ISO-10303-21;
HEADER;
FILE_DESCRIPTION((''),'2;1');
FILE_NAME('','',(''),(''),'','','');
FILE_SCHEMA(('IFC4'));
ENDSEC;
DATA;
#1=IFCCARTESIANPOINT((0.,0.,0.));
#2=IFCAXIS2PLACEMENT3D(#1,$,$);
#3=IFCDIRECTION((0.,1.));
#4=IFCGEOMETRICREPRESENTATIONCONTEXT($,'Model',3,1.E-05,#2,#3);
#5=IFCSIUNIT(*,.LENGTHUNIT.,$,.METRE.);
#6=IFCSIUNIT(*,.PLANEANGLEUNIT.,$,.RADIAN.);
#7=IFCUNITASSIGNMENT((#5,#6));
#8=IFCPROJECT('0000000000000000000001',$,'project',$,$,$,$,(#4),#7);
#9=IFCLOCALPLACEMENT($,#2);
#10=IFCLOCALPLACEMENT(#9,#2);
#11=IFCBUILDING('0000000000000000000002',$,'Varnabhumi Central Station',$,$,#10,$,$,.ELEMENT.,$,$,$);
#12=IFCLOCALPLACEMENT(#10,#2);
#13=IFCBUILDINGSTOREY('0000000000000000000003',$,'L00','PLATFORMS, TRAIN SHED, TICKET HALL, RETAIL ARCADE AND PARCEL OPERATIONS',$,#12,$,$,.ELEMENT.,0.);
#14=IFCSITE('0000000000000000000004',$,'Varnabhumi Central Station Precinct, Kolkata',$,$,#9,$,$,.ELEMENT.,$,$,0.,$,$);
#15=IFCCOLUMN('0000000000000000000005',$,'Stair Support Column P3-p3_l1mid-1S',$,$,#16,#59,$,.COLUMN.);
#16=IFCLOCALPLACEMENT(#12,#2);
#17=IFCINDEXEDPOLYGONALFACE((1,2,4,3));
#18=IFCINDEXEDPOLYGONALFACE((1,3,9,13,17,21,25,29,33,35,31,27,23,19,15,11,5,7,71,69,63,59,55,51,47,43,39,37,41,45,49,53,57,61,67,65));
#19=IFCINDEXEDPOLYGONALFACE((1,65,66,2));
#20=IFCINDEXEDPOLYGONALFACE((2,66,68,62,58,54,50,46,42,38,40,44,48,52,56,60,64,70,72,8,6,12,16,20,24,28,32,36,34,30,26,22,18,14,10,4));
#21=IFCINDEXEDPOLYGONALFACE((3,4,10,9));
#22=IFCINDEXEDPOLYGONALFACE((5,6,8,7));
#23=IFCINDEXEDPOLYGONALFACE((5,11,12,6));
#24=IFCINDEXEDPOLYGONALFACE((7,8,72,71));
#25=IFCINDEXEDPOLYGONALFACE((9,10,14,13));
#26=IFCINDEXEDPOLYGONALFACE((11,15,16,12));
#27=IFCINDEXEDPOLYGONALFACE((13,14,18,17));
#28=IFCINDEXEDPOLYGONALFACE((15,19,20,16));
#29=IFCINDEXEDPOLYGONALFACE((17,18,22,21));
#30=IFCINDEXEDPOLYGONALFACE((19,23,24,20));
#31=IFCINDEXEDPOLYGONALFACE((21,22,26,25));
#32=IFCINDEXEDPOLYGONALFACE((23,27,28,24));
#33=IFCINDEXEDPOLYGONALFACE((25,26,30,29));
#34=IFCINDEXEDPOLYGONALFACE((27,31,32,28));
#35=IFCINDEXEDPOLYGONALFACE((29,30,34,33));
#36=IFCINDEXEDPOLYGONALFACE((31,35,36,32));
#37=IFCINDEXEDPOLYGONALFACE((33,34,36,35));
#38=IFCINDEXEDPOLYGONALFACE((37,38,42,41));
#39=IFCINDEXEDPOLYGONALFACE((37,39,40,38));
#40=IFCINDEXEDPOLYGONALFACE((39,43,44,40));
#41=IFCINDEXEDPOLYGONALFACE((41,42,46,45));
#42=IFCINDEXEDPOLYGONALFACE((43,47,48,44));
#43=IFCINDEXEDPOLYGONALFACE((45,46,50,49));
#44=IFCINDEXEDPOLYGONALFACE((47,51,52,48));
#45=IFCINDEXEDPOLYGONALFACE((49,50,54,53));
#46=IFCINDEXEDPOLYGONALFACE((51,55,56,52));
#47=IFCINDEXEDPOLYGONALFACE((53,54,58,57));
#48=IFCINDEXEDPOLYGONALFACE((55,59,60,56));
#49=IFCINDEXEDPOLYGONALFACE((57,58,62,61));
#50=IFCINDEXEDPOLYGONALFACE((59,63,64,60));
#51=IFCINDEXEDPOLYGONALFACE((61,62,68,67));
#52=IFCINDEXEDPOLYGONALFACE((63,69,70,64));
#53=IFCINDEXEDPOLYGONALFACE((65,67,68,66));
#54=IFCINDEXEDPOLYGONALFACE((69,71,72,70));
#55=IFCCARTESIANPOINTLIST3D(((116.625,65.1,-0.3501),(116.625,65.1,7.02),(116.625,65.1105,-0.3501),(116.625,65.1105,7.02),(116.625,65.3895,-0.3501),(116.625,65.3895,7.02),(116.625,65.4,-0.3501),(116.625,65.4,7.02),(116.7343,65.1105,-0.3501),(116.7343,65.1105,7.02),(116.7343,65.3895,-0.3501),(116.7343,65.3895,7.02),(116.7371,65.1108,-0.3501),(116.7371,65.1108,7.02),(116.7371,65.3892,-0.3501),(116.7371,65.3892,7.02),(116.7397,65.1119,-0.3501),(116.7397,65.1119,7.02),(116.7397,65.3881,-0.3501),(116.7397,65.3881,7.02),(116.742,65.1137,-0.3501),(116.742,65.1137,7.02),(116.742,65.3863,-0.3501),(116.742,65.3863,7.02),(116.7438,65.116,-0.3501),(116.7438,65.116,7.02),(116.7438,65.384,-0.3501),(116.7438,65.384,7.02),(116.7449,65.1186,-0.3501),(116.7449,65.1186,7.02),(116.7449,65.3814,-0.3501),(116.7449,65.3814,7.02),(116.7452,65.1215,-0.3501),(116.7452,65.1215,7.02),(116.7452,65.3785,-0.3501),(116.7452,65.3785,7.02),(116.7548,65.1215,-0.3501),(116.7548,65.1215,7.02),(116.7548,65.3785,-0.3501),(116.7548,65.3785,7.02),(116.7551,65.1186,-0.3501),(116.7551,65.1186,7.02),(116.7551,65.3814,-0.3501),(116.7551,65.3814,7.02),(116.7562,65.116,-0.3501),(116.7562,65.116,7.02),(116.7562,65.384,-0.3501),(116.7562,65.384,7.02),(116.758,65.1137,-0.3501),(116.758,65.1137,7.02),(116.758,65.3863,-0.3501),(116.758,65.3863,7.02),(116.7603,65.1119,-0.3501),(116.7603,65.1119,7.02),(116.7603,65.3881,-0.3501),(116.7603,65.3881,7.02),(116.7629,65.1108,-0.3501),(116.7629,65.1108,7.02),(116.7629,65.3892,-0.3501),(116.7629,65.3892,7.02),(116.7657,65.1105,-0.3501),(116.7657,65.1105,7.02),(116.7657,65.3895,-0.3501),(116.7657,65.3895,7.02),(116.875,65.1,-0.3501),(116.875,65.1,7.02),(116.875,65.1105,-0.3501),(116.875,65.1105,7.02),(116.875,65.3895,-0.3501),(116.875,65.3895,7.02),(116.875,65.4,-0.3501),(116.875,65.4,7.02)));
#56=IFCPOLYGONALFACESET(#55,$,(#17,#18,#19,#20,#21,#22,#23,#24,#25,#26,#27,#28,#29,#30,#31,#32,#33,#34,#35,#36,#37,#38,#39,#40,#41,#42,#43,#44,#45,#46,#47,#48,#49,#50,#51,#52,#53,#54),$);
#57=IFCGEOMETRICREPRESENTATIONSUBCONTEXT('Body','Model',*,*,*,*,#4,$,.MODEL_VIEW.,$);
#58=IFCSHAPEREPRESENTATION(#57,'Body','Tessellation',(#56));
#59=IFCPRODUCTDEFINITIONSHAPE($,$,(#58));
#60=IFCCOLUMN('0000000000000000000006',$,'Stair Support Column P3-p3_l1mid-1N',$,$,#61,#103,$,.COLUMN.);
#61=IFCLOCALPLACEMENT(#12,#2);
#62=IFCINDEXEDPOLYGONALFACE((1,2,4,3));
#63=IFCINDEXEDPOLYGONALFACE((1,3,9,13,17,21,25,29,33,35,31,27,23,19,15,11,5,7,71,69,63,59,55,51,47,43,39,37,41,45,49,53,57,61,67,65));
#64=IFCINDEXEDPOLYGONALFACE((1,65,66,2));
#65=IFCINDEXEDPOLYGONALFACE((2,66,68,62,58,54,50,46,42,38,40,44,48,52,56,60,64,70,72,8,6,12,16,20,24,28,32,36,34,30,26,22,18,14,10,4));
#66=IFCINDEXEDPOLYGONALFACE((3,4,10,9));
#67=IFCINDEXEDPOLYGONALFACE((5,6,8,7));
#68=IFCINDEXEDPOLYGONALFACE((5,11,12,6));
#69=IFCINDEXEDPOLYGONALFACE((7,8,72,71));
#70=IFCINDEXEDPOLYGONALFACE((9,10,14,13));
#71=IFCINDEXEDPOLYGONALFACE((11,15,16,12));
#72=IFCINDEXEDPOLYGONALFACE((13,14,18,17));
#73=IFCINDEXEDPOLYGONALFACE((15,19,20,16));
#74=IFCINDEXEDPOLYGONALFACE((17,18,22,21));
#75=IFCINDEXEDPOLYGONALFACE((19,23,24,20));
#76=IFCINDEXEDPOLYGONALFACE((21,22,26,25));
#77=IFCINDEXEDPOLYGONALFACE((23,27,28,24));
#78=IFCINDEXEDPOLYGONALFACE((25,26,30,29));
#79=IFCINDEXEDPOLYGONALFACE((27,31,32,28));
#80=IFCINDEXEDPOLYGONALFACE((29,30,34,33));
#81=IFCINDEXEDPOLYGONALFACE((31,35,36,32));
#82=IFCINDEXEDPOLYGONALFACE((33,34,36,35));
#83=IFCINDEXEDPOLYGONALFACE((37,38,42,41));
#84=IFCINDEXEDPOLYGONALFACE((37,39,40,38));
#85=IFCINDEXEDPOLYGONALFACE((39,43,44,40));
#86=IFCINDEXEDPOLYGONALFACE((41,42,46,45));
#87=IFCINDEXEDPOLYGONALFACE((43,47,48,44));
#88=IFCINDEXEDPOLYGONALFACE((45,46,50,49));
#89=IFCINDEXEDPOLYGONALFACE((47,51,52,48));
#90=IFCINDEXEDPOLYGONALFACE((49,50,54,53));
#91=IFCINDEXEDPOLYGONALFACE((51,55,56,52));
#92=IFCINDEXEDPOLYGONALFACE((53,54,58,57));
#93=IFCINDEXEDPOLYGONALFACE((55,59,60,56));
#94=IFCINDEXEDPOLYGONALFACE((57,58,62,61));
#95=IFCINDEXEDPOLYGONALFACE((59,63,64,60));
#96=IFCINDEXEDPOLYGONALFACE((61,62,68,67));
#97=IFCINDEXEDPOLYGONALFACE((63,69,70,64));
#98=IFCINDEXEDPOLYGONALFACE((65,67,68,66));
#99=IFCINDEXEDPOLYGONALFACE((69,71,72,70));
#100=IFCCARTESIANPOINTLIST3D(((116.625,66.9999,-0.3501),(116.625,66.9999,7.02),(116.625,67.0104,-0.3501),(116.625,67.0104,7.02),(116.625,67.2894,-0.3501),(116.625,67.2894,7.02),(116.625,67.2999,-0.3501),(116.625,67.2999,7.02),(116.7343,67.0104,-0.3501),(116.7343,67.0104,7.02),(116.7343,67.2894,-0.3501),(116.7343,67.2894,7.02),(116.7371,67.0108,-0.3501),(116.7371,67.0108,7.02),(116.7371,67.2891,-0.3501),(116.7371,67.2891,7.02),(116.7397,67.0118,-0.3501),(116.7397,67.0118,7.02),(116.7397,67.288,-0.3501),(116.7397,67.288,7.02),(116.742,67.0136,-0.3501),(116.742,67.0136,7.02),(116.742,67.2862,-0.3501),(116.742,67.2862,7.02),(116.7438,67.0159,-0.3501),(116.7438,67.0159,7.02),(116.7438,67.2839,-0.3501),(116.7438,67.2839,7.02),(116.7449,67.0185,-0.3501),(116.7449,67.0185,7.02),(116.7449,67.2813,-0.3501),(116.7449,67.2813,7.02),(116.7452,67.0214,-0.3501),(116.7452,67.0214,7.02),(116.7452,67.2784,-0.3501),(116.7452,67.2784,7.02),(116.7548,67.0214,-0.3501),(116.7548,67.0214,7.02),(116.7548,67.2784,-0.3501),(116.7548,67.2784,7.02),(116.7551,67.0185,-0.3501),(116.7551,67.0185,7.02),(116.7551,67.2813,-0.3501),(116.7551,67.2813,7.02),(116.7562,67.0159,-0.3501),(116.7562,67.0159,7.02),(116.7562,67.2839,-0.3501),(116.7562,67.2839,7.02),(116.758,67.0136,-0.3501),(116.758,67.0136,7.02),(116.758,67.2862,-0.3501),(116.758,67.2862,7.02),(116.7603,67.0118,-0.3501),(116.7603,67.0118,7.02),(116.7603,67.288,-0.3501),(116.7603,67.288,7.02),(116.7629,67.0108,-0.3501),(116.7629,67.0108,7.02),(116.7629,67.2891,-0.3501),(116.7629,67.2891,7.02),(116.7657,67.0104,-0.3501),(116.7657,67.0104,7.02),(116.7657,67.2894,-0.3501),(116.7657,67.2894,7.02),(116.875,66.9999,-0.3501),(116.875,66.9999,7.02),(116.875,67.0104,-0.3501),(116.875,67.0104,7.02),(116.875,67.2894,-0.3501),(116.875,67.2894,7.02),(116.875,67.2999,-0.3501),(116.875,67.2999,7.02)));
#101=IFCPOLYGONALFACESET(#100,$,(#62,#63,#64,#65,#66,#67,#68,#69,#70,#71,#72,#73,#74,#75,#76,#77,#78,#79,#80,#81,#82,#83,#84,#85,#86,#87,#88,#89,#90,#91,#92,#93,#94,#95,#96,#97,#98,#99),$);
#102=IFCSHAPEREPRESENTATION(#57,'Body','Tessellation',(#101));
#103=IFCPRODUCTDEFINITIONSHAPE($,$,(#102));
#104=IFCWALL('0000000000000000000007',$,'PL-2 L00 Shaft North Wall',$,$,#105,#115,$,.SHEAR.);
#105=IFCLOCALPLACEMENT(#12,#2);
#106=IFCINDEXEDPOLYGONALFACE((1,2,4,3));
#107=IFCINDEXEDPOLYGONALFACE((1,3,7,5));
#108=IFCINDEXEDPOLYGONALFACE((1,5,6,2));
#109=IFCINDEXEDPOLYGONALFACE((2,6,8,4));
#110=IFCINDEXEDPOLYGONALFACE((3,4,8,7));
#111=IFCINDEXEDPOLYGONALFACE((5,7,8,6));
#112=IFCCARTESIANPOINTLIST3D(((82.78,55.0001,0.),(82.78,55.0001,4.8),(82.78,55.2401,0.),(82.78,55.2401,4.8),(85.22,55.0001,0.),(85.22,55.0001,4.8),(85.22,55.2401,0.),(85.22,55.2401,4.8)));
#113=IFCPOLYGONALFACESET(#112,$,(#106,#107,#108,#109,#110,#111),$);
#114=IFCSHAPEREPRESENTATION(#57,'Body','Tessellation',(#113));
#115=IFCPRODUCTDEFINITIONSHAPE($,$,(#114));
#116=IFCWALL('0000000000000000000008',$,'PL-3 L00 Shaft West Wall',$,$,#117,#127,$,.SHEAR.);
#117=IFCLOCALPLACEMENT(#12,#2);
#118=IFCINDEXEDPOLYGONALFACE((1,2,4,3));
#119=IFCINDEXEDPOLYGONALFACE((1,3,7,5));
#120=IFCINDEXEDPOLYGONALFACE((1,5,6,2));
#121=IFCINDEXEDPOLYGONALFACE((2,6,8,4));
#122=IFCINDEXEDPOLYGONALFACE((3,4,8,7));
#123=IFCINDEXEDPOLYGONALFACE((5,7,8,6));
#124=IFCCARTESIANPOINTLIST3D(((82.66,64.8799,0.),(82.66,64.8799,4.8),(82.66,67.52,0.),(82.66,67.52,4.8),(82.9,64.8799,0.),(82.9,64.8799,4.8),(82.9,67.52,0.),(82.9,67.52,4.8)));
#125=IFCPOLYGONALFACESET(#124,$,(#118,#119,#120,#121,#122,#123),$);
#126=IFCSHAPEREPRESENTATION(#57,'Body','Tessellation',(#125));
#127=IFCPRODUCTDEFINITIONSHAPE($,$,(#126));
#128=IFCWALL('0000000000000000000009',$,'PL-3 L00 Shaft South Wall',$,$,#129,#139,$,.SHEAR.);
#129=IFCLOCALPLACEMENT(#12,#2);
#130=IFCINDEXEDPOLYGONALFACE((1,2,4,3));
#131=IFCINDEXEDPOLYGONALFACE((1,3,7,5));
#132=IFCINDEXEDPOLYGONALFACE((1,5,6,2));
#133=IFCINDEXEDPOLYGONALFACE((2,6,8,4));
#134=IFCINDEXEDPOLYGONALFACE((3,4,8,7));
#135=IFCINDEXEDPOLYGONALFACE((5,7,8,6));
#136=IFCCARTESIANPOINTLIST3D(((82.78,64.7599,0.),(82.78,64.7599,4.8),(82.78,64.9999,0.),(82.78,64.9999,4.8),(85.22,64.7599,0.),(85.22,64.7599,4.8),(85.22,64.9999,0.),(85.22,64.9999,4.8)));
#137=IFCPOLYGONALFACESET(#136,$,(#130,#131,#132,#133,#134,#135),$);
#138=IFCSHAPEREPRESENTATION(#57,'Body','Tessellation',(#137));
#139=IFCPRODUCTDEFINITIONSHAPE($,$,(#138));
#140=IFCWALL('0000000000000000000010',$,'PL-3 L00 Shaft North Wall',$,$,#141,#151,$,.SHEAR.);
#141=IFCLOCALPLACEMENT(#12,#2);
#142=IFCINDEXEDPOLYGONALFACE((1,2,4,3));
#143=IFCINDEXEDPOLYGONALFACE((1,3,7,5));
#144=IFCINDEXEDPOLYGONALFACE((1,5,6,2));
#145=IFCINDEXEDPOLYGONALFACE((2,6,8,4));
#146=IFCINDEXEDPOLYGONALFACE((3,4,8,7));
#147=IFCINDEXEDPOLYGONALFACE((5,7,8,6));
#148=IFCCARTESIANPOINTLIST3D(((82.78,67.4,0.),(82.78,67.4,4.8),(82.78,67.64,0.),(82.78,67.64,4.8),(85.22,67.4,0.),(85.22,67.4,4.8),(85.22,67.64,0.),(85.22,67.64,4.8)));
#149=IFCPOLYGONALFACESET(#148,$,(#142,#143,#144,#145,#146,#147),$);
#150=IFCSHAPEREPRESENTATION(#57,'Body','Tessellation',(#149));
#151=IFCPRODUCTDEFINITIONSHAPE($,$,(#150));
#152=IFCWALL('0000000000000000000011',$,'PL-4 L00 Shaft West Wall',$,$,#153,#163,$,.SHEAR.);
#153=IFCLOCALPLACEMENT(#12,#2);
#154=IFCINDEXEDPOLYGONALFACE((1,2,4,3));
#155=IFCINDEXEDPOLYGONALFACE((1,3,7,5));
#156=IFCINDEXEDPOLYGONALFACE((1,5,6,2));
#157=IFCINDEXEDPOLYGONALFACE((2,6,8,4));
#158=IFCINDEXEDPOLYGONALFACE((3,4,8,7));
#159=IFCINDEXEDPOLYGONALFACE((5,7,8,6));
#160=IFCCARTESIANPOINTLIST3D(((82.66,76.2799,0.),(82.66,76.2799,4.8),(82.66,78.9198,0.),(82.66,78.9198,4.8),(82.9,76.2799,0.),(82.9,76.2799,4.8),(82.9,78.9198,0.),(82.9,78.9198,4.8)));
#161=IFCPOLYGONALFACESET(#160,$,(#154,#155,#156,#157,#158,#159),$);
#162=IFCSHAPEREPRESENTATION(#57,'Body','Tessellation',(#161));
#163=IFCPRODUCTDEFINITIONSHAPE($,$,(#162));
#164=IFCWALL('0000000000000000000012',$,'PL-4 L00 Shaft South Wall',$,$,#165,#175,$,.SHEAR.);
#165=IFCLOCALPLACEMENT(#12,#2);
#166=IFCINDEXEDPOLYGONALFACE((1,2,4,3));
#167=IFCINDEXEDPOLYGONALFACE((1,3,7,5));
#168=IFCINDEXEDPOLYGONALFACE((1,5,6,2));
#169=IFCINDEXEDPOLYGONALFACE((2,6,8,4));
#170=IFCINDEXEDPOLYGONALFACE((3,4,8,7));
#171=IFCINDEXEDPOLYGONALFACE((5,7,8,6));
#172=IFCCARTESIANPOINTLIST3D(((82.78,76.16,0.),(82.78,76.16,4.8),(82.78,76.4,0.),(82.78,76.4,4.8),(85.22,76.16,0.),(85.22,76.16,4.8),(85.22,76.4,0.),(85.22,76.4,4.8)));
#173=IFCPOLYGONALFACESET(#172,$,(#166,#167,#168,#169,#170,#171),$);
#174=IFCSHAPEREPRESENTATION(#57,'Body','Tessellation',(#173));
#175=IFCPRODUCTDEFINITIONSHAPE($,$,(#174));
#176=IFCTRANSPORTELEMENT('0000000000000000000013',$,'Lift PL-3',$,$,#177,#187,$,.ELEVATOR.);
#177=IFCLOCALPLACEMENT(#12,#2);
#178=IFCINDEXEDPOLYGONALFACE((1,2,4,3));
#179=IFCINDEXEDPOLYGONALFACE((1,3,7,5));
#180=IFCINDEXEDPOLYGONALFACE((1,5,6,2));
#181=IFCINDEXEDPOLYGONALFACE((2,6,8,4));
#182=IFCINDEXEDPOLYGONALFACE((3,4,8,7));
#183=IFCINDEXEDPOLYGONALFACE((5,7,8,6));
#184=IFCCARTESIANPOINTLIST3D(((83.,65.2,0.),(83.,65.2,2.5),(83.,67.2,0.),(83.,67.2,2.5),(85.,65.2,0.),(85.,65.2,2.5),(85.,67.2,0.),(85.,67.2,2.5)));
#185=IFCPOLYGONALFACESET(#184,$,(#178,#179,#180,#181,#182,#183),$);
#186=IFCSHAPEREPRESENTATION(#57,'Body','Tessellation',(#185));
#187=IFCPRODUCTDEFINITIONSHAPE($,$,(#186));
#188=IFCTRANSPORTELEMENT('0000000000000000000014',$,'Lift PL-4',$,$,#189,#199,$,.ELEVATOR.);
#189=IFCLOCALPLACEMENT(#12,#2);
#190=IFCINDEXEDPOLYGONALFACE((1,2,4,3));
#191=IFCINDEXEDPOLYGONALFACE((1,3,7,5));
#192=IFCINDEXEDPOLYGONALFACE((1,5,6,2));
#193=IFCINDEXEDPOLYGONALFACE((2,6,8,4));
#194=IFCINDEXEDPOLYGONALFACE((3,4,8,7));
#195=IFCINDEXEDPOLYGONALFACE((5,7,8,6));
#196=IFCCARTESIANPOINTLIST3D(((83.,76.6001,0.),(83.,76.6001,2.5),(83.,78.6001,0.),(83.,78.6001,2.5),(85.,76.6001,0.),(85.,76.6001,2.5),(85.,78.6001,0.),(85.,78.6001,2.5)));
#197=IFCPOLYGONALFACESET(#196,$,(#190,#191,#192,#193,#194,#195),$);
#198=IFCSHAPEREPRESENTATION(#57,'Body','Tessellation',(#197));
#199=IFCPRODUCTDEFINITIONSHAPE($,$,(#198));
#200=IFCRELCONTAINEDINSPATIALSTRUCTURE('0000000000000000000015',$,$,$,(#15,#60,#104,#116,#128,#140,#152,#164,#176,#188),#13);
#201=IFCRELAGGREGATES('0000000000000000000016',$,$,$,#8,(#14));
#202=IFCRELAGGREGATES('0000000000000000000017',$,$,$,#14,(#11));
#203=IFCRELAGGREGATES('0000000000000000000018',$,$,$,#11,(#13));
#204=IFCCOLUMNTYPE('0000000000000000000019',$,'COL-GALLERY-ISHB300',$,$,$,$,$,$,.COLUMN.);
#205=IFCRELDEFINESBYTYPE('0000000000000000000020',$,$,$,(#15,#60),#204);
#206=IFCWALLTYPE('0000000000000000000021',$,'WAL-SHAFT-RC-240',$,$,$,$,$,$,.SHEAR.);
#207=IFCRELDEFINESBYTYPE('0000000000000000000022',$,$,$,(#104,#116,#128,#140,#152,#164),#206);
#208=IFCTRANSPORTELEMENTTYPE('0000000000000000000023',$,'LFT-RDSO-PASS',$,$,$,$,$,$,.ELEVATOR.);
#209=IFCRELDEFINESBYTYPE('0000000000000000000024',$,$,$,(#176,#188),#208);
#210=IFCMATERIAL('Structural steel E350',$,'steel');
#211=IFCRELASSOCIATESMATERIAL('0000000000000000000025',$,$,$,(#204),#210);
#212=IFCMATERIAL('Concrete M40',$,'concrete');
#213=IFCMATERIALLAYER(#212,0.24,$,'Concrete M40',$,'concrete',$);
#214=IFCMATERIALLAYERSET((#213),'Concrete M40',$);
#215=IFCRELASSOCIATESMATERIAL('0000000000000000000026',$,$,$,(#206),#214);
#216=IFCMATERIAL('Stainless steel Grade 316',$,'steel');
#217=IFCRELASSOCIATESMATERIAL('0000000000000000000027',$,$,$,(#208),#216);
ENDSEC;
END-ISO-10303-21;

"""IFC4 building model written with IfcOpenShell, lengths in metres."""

from ifc_helpers import new_model, si_unit, direction, frame, frame_2d, origin, origin_2d, place, context, subcontext, project, spatial, rectangle, i_section, extrude, material, layer, layer_set, material_profile, profile_set, type_object, element, save


model = new_model("IFC4")

# Units and contexts
model_context = context("Model", 3, precision=1e-05, world=origin(), true_north=direction((0.0, 1.0)))
body_context = subcontext(model_context, "Body", "Model", "MODEL_VIEW")
ifc_project = project(units=[si_unit("LENGTHUNIT", "METRE"), si_unit("PLANEANGLEUNIT", "RADIAN")], contexts=[model_context])

# Site, building, storey
site_placement = place(None, origin())
site = spatial("IfcSite", under=ifc_project, at=site_placement, Name="Varnabhumi Central Station Precinct, Kolkata", CompositionType="ELEMENT", RefElevation=0.0)
building_placement = place(site_placement, origin())
building = spatial("IfcBuilding", under=site, at=building_placement, Name="Varnabhumi Central Station", CompositionType="ELEMENT")
storey_placement = place(building_placement, origin())
storey = spatial("IfcBuildingStorey", under=building, at=storey_placement, Name="L00", Description="PLATFORMS, TRAIN SHED, TICKET HALL, RETAIL ARCADE AND PARCEL OPERATIONS", CompositionType="ELEMENT", Elevation=0.0)

# Shared definitions
ifc_material_1 = material(Name="Concrete M40", Category="concrete")

# Columns
ifc_material_2 = material(Name="Structural steel E350", Category="steel")
ifc_material_profile_1 = material_profile(ifc_material_2, i_section(OverallWidth=0.25, OverallDepth=0.3, WebThickness=0.0095, FlangeThickness=0.0105, FilletRadius=0.011, at=origin_2d()), Name="Structural steel E350", Category="steel")
ifc_profile_set_1 = profile_set([ifc_material_profile_1], Name="Structural steel E350")
column_type = type_object("IfcColumnType", Name="COL-GALLERY-ISHB300", PredefinedType="COLUMN", material=ifc_profile_set_1)
for number, where, z_axis, x_axis, name in (
    (1, (116.75, 65.25, -0.3501), (0.0, 0.0, 1.0), (1.0, 0.0, 0.0), "Stair Support Column P3-p3_l1mid-1S"),
    (2, (116.75, 67.1499, -0.3501), (0.0, 0.0, 1.0), (1.0, 0.0, 0.0), "Stair Support Column P3-p3_l1mid-1N"),
):
    element("IfcColumn", number, at=place(storey_placement, frame(where, z_axis=z_axis, x_axis=x_axis)), inside=storey, type_object=column_type, Name=name, PredefinedType="COLUMN", context=body_context, shape_type="SweptSolid", body=[
        extrude(i_section(OverallWidth=0.25, OverallDepth=0.3, WebThickness=0.0095, FlangeThickness=0.0105, FilletRadius=0.011, at=origin_2d()), origin(), (0.0, 0.0, 1.0), 7.3701),
    ])

# Walls
ifc_layer = layer(ifc_material_1, 0.24, Name="Concrete M40", Category="concrete")
ifc_layer_set = layer_set([ifc_layer], Name="Concrete M40")
wall_type = type_object("IfcWallType", Name="WAL-SHAFT-RC-240", PredefinedType="SHEAR", material=ifc_layer_set)
wall_1_placement = place(storey_placement, frame((82.78, 55.1201, 0.0), z_axis=(0.0, 0.0, 1.0), x_axis=(1.0, 0.0, 0.0)))
element("IfcWall", 3, at=wall_1_placement, inside=storey, type_object=wall_type, Name="PL-2 L00 Shaft North Wall", PredefinedType="SHEAR", context=body_context, shape_type="SweptSolid", body=[
    extrude(rectangle(XDim=2.4399, YDim=0.24, at=frame_2d((1.22, 0.0))), origin(), (0.0, 0.0, 1.0), 4.8),
])
wall_2_placement = place(storey_placement, frame((82.78, 64.8799, 0.0), z_axis=(0.0, 0.0, 1.0), x_axis=(0.0, 1.0, 0.0)))
element("IfcWall", 4, at=wall_2_placement, inside=storey, type_object=wall_type, Name="PL-3 L00 Shaft West Wall", PredefinedType="SHEAR", context=body_context, shape_type="SweptSolid", body=[
    extrude(rectangle(XDim=2.6401, YDim=0.24, at=frame_2d((1.3201, 0.0))), origin(), (0.0, 0.0, 1.0), 4.8),
])
for number, where, z_axis, x_axis, name in (
    (5, (82.78, 64.8799, 0.0), (0.0, 0.0, 1.0), (1.0, 0.0, 0.0), "PL-3 L00 Shaft South Wall"),
    (6, (82.78, 67.52, 0.0), (0.0, 0.0, 1.0), (1.0, 0.0, 0.0), "PL-3 L00 Shaft North Wall"),
):
    element("IfcWall", number, at=place(storey_placement, frame(where, z_axis=z_axis, x_axis=x_axis)), inside=storey, type_object=wall_type, Name=name, PredefinedType="SHEAR", context=body_context, shape_type="SweptSolid", body=[
        extrude(rectangle(XDim=2.4399, YDim=0.24, at=frame_2d((1.22, 0.0))), origin(), (0.0, 0.0, 1.0), 4.8),
    ])

# Shared definitions
ifc_material_3 = material(Name="Stainless steel Grade 316", Category="steel")

# Walls
wall_3_placement = place(storey_placement, frame((82.78, 76.28, 0.0), z_axis=(0.0, 0.0, 1.0), x_axis=(0.0, 1.0, 0.0)))
element("IfcWall", 7, at=wall_3_placement, inside=storey, type_object=wall_type, Name="PL-4 L00 Shaft West Wall", PredefinedType="SHEAR", context=body_context, shape_type="SweptSolid", body=[
    extrude(rectangle(XDim=2.6399, YDim=0.24, at=frame_2d((1.3198, 0.0))), origin(), (0.0, 0.0, 1.0), 4.8),
])
wall_4_placement = place(storey_placement, frame((82.78, 76.28, 0.0), z_axis=(0.0, 0.0, 1.0), x_axis=(1.0, 0.0, 0.0)))
element("IfcWall", 8, at=wall_4_placement, inside=storey, type_object=wall_type, Name="PL-4 L00 Shaft South Wall", PredefinedType="SHEAR", context=body_context, shape_type="SweptSolid", body=[
    extrude(rectangle(XDim=2.4399, YDim=0.24, at=frame_2d((1.22, 0.0))), origin(), (0.0, 0.0, 1.0), 4.8),
])

# Transport elements
transport_element_type = type_object("IfcTransportElementType", Name="LFT-RDSO-PASS", PredefinedType="ELEVATOR", material=ifc_material_3)
for number, where, z_axis, x_axis, name in (
    (9, (84.0, 66.2, 0.0), (0.0, 0.0, 1.0), (1.0, 0.0, 0.0), "Lift PL-3"),
    (10, (84.0, 77.6001, 0.0), (0.0, 0.0, 1.0), (1.0, 0.0, 0.0), "Lift PL-4"),
):
    element("IfcTransportElement", number, at=place(storey_placement, frame(where, z_axis=z_axis, x_axis=x_axis)), inside=storey, type_object=transport_element_type, Name=name, PredefinedType="ELEVATOR", context=body_context, shape_type="SweptSolid", body=[
        extrude(rectangle(XDim=2.0, YDim=2.0, at=origin_2d()), origin(), (0.0, 0.0, 1.0), 2.5),
    ])

save(model, "model.ifc")
